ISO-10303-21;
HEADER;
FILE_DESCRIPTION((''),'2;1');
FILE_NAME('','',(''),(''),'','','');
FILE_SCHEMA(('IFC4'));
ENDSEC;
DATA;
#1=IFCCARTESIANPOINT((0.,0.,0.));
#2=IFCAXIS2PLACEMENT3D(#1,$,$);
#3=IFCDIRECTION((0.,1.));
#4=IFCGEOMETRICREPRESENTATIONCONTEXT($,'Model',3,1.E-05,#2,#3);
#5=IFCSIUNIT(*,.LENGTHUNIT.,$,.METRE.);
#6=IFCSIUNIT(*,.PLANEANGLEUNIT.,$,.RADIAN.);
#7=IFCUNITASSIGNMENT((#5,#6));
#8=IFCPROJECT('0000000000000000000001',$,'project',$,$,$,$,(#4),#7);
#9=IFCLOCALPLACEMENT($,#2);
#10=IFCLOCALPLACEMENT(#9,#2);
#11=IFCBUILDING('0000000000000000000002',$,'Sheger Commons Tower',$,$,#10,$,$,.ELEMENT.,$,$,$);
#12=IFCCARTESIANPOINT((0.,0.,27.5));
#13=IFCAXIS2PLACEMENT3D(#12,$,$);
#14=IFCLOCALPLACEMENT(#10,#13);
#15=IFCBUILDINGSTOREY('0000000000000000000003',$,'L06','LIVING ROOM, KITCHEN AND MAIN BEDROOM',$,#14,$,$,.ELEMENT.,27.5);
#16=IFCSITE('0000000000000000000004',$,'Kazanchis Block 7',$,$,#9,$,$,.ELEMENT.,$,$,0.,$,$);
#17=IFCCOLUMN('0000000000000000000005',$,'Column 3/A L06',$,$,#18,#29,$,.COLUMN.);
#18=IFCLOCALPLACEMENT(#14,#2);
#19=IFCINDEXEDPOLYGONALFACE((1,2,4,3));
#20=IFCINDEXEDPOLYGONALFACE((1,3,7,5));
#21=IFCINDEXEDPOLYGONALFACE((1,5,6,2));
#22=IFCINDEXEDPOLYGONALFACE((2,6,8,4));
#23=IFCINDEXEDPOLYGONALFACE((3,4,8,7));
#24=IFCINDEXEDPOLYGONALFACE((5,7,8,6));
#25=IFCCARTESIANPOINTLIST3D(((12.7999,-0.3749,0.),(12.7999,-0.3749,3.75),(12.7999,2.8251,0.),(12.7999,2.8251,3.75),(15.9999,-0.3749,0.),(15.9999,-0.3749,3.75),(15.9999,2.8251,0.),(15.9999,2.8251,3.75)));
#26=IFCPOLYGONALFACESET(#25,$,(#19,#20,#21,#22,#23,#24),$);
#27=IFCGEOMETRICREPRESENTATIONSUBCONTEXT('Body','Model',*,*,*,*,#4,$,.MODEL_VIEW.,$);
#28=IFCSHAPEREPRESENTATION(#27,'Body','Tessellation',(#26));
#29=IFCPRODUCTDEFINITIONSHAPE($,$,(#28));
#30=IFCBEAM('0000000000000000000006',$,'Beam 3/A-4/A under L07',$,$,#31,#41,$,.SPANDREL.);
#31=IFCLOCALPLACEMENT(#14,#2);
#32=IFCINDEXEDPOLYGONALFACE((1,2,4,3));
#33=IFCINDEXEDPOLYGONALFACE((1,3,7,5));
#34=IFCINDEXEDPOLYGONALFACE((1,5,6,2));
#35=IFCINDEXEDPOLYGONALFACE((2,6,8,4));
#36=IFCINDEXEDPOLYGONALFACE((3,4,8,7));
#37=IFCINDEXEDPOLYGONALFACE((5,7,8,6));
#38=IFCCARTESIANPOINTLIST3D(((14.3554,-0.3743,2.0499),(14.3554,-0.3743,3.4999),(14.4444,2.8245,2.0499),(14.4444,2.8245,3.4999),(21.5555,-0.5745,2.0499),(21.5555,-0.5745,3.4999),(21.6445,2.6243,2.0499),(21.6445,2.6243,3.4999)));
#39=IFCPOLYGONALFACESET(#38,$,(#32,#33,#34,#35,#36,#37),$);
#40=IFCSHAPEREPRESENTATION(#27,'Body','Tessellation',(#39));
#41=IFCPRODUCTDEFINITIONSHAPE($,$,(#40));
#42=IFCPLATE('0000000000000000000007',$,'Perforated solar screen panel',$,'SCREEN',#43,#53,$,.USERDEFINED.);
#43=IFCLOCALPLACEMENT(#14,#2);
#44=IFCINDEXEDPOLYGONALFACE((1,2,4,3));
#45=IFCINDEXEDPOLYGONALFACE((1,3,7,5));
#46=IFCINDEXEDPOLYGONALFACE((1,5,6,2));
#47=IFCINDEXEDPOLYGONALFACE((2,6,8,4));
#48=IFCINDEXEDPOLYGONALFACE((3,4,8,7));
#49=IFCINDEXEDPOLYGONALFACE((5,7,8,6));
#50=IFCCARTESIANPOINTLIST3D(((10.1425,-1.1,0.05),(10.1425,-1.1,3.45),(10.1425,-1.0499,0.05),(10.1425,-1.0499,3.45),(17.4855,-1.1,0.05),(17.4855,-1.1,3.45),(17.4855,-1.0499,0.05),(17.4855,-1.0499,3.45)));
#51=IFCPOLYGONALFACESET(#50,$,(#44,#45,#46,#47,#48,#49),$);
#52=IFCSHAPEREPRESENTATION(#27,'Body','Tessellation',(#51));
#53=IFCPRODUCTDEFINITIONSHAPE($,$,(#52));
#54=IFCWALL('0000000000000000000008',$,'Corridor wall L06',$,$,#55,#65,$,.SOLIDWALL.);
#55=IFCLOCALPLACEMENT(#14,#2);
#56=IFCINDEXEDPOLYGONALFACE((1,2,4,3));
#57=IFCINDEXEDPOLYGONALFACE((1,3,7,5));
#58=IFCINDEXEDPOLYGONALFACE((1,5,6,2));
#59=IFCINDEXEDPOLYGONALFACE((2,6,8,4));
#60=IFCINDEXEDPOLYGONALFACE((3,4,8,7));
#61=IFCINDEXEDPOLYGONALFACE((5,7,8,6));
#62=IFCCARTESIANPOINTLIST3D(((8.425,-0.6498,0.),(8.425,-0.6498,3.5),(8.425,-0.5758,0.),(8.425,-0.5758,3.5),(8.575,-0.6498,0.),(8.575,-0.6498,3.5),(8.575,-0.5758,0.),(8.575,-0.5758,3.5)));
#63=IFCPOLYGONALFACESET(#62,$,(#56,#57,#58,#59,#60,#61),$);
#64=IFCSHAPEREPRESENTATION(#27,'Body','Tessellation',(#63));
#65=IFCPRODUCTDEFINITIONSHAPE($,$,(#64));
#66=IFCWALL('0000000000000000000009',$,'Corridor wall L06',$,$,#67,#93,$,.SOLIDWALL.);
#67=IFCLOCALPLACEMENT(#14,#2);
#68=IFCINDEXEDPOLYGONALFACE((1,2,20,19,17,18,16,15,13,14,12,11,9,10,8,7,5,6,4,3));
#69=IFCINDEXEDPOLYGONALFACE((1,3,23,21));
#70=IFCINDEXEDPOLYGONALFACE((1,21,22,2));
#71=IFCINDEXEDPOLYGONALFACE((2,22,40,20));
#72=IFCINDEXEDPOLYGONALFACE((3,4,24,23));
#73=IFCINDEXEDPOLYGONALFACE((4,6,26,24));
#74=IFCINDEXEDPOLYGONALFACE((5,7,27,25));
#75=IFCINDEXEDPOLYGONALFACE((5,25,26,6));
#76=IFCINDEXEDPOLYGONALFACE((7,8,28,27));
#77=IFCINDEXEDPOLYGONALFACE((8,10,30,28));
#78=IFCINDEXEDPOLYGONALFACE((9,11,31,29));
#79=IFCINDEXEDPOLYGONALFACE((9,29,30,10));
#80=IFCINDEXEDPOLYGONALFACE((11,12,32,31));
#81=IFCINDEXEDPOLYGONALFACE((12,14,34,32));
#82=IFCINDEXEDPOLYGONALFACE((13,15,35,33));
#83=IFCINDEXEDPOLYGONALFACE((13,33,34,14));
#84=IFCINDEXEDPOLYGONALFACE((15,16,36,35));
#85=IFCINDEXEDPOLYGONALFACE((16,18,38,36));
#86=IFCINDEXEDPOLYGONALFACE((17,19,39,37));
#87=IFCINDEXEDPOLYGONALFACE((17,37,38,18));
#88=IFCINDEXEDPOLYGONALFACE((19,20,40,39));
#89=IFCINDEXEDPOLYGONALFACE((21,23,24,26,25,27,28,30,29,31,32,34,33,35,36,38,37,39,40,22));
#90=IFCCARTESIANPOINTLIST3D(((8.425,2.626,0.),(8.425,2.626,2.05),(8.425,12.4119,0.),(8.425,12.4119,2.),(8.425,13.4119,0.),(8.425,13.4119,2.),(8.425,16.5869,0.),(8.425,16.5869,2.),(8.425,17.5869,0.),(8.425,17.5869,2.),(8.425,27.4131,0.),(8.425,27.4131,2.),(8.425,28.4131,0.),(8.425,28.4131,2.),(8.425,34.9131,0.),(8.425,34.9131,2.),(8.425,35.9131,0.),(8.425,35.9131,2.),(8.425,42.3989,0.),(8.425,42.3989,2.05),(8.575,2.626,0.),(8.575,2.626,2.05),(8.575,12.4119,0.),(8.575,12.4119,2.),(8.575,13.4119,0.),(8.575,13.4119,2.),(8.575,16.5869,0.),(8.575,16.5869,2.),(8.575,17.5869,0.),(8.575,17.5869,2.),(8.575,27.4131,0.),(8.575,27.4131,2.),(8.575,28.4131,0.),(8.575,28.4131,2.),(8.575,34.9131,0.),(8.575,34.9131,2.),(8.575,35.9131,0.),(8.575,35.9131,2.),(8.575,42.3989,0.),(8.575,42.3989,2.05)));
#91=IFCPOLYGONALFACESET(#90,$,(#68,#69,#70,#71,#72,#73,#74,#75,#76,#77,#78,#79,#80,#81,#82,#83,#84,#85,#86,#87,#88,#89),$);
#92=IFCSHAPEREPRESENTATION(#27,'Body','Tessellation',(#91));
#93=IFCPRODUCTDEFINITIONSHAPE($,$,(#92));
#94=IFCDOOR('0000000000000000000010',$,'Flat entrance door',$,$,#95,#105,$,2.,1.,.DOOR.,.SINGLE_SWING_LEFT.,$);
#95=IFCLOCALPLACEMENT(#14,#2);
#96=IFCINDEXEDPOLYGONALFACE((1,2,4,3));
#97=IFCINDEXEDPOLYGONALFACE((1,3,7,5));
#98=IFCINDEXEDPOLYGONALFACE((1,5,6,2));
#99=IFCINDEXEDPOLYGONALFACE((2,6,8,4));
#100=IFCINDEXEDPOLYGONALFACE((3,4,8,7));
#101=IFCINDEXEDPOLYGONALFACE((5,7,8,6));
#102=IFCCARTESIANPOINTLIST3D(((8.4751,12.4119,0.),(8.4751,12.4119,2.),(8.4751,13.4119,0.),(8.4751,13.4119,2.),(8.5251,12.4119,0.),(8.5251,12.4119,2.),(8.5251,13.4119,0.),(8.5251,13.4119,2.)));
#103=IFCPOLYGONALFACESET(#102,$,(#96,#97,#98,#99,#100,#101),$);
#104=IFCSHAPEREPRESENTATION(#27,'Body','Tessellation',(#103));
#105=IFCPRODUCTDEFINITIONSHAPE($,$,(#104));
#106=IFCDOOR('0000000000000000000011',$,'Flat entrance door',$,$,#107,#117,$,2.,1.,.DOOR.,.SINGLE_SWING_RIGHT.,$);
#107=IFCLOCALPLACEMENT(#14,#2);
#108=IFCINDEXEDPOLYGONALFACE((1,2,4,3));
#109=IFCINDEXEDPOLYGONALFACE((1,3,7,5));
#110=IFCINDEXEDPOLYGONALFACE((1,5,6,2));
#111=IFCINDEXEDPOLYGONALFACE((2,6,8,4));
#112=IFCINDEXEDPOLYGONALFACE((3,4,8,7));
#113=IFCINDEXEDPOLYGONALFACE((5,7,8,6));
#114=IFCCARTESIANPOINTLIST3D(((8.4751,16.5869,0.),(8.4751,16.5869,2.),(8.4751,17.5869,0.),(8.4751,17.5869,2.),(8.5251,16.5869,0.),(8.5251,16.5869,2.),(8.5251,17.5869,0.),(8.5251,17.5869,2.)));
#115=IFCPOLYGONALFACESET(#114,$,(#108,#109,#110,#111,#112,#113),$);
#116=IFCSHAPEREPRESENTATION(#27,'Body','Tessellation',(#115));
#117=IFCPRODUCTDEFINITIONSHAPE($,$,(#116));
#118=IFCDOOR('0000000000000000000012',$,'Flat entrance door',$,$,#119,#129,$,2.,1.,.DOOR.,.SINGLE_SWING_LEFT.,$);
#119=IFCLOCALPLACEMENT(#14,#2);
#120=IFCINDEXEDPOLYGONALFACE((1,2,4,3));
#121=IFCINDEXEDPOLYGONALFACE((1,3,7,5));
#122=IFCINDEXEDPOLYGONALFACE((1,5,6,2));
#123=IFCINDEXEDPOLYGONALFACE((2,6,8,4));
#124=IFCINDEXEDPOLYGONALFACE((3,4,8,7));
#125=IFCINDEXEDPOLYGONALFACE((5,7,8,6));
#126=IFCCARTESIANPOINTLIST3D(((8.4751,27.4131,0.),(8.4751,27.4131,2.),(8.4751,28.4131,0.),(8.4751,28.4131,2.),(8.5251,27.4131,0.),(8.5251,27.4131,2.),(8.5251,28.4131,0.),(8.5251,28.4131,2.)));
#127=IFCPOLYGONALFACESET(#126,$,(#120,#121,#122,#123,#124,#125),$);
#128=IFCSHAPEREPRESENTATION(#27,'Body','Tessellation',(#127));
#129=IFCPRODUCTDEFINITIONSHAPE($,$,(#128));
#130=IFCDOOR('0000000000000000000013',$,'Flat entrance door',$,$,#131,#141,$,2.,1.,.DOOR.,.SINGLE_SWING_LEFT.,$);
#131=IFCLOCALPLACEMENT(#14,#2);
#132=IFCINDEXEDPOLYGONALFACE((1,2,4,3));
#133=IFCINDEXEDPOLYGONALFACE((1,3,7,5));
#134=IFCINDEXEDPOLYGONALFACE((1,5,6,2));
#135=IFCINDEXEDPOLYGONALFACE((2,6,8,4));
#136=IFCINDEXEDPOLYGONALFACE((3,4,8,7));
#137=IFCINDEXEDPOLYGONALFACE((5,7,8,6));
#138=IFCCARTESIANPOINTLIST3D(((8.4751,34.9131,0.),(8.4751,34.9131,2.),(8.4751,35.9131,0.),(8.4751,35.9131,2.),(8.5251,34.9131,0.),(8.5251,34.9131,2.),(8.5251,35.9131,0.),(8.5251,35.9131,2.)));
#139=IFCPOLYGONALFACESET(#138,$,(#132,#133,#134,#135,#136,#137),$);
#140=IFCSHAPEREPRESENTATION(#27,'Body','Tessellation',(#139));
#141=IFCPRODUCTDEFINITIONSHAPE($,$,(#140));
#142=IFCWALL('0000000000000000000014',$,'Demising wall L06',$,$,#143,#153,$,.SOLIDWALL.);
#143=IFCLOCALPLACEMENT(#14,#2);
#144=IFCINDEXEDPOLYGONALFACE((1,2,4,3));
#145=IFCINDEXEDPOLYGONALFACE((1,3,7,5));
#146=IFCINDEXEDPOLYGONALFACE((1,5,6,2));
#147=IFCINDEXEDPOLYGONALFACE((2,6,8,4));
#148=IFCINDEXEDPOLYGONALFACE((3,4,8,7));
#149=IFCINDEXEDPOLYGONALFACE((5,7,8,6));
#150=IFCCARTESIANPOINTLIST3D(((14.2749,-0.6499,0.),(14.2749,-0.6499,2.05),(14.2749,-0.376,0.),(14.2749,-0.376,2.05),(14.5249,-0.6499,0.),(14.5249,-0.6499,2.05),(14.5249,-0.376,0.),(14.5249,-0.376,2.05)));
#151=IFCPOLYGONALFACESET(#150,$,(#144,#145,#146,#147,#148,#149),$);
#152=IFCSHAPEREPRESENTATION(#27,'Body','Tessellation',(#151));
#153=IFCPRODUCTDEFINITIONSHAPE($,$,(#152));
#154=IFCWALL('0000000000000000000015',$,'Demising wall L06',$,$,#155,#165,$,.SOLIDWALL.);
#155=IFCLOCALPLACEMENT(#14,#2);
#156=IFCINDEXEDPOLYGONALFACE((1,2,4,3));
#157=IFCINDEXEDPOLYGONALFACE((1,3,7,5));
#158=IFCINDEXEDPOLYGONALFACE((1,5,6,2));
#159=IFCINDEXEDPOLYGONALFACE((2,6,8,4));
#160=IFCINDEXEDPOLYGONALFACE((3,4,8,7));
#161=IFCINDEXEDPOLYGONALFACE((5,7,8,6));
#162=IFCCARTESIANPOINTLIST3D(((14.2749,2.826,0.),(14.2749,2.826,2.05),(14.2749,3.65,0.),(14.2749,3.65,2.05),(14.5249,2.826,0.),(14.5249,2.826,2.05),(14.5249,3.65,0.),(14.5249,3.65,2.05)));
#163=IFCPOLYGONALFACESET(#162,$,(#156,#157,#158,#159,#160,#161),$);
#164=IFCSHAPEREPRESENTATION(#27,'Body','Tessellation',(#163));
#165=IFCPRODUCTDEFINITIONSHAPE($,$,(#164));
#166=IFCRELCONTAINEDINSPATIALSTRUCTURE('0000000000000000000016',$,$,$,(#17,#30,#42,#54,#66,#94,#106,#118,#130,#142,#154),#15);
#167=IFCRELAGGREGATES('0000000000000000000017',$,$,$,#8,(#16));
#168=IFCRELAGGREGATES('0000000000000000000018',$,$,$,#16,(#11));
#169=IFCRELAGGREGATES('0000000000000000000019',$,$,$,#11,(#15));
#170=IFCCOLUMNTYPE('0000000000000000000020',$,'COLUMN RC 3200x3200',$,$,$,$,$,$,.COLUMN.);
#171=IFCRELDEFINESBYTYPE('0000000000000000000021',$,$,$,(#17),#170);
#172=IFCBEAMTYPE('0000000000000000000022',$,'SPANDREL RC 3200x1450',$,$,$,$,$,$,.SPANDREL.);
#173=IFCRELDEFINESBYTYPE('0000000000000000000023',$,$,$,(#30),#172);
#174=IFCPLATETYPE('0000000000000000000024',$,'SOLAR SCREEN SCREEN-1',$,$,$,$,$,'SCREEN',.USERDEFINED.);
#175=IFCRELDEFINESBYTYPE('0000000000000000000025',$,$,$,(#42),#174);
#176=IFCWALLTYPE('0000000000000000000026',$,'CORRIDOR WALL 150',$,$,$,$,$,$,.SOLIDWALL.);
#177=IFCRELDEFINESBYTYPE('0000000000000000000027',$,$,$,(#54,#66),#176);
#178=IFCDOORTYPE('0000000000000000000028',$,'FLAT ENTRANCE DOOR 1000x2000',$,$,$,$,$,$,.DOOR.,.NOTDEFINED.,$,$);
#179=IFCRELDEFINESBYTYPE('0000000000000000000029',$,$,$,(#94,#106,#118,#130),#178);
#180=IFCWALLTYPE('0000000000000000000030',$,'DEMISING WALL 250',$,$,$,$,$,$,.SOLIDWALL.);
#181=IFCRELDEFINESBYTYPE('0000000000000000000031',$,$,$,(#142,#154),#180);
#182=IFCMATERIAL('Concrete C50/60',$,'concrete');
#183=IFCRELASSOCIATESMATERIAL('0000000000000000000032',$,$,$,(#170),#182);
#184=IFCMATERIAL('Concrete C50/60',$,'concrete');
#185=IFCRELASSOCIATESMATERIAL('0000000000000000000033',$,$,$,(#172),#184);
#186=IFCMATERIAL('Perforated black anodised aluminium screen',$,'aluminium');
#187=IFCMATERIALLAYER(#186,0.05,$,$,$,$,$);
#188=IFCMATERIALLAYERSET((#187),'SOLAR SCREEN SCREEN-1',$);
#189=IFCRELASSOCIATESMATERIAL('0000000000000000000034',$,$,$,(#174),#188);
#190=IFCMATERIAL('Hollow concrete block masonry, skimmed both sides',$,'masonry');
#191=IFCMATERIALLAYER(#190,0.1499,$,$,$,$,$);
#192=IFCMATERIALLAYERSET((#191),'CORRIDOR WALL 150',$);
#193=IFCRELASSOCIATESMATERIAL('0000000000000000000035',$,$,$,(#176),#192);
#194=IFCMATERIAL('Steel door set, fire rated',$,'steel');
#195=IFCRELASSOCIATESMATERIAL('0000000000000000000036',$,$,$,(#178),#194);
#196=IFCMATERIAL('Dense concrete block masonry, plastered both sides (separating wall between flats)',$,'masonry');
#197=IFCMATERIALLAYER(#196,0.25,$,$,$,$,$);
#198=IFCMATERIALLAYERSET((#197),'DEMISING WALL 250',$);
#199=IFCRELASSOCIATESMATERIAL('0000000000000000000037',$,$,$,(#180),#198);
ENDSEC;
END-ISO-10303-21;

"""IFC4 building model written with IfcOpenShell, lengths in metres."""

from ifc_helpers import new_model, si_unit, direction, frame, frame_2d, origin, origin_2d, place, context, subcontext, project, spatial, rectangle, extrude, material, layer, layer_set, material_profile, profile_set, type_object, element, fill, save


model = new_model("IFC4")

# Units and contexts
model_context = context("Model", 3, precision=1e-05, world=origin(), true_north=direction((0.0, 1.0)))
body_context = subcontext(model_context, "Body", "Model", "MODEL_VIEW")
ifc_project = project(units=[si_unit("LENGTHUNIT", "METRE"), si_unit("PLANEANGLEUNIT", "RADIAN")], contexts=[model_context])

# Site, building, storey
site_placement = place(None, origin())
site = spatial("IfcSite", under=ifc_project, at=site_placement, Name="Kazanchis Block 7", CompositionType="ELEMENT", RefElevation=0.0)
building_placement = place(site_placement, origin())
building = spatial("IfcBuilding", under=site, at=building_placement, Name="Sheger Commons Tower", CompositionType="ELEMENT")
storey_placement = place(building_placement, frame((0.0, 0.0, 27.5)))
storey = spatial("IfcBuildingStorey", under=building, at=storey_placement, Name="L06", Description="LIVING ROOM, KITCHEN AND MAIN BEDROOM", CompositionType="ELEMENT", Elevation=27.5)

# Column
ifc_material_1 = material(Name="Concrete C50/60", Category="concrete")
ifc_material_profile_1 = material_profile(ifc_material_1, rectangle(XDim=3.2, YDim=3.2, at=origin_2d()), Name="RC 3200x3200")
ifc_profile_set_1 = profile_set([ifc_material_profile_1], Name="Concrete C50/60")
column_type = type_object("IfcColumnType", Name="COLUMN RC 3200x3200", PredefinedType="COLUMN", material=ifc_profile_set_1)
column_placement = place(storey_placement, frame((14.3999, 1.2251, 0.0), z_axis=(0.0, 0.0, 1.0), x_axis=(1.0, 0.0, 0.0)))
element("IfcColumn", 1, at=column_placement, inside=storey, type_object=column_type, Name="Column 3/A L06", PredefinedType="COLUMN", context=body_context, shape_type="SweptSolid", body=[
    extrude(rectangle(XDim=3.2, YDim=3.2, at=origin_2d()), origin(), (0.0, 0.0, 1.0), 3.75),
])

# Beam
ifc_material_2 = material(Name="Concrete C50/60", Category="concrete")
ifc_material_profile_2 = material_profile(ifc_material_2, rectangle(XDim=3.2, YDim=1.45, at=origin_2d()), Name="RC 3200x1450")
ifc_profile_set_2 = profile_set([ifc_material_profile_2], Name="Concrete C50/60")
beam_type = type_object("IfcBeamType", Name="SPANDREL RC 3200x1450", PredefinedType="SPANDREL", material=ifc_profile_set_2)
beam_placement = place(storey_placement, frame((14.3999, 1.2251, 2.7749), z_axis=(0.999614, -0.027793, 0.0), x_axis=(0.027793, 0.999614, 0.0)))
element("IfcBeam", 2, at=beam_placement, inside=storey, type_object=beam_type, Name="Beam 3/A-4/A under L07", PredefinedType="SPANDREL", context=body_context, shape_type="SweptSolid", body=[
    extrude(rectangle(XDim=3.2, YDim=1.45, at=origin_2d()), origin(), (0.0, 0.0, 1.0), 7.2029),
])

# Plate
ifc_material_3 = material(Name="Perforated black anodised aluminium screen", Category="aluminium")
ifc_layer_1 = layer(ifc_material_3, 0.05)
ifc_layer_set_1 = layer_set([ifc_layer_1], Name="SOLAR SCREEN SCREEN-1")
plate_type = type_object("IfcPlateType", Name="SOLAR SCREEN SCREEN-1", ElementType="SCREEN", PredefinedType="USERDEFINED", material=ifc_layer_set_1)
plate_placement = place(storey_placement, frame((13.814, -1.075, 0.05), z_axis=(0.0, 0.0, 1.0), x_axis=(1.0, 0.0, 0.0)))
element("IfcPlate", 3, at=plate_placement, inside=storey, type_object=plate_type, Name="Perforated solar screen panel", ObjectType="SCREEN", PredefinedType="USERDEFINED", context=body_context, shape_type="SweptSolid", body=[
    extrude(rectangle(XDim=7.343, YDim=0.05, at=origin_2d()), origin(), (0.0, 0.0, 1.0), 3.3999),
])

# Wall
ifc_material_4 = material(Name="Hollow concrete block masonry, skimmed both sides", Category="masonry")
ifc_layer_2 = layer(ifc_material_4, 0.1499)
ifc_layer_set_2 = layer_set([ifc_layer_2], Name="CORRIDOR WALL 150")
wall_type_1 = type_object("IfcWallType", Name="CORRIDOR WALL 150", PredefinedType="SOLIDWALL", material=ifc_layer_set_2)
wall_1_placement = place(storey_placement, frame((8.5, -0.6499, 0.0), z_axis=(0.0, 0.0, 1.0), x_axis=(0.0, 1.0, 0.0)))
element("IfcWall", 4, at=wall_1_placement, inside=storey, type_object=wall_type_1, Name="Corridor wall L06", PredefinedType="SOLIDWALL", context=body_context, shape_type="SweptSolid", body=[
    extrude(rectangle(XDim=0.074, YDim=0.1499, at=frame_2d((0.0371, 0.0))), origin(), (0.0, 0.0, 1.0), 3.5),
])

# Wall, openings, doors
wall_2_placement = place(storey_placement, frame((8.5, 2.626, 0.0), z_axis=(0.0, 0.0, 1.0), x_axis=(0.0, 1.0, 0.0)))
wall_2 = element("IfcWall", 5, at=wall_2_placement, inside=storey, type_object=wall_type_1, Name="Corridor wall L06", PredefinedType="SOLIDWALL", context=body_context, shape_type="SweptSolid", body=[
    extrude(rectangle(XDim=39.7729, YDim=0.1499, at=frame_2d((19.8865, 0.0))), origin(), (0.0, 0.0, 1.0), 2.05),
])
opening_1_placement = place(wall_2_placement, frame((9.7859, 0.0, 0.0)))
opening_1 = element("IfcOpeningElement", 6, at=opening_1_placement, cuts=wall_2, PredefinedType="OPENING", context=body_context, shape_type="SweptSolid", body=[
    extrude(rectangle(XDim=1.0, YDim=2.0, at=frame_2d((0.5, 1.0))), frame((0.0, 0.085, 0.0), z_axis=(0.0, -1.0, 0.0), x_axis=(1.0, 0.0, 0.0)), (0.0, 0.0, 1.0), 0.1699),
])
opening_2_placement = place(wall_2_placement, frame((13.9609, 0.0, 0.0)))
opening_2 = element("IfcOpeningElement", 7, at=opening_2_placement, cuts=wall_2, PredefinedType="OPENING", context=body_context, shape_type="SweptSolid", body=[
    extrude(rectangle(XDim=1.0, YDim=2.0, at=frame_2d((0.5, 1.0))), frame((0.0, 0.085, 0.0), z_axis=(0.0, -1.0, 0.0), x_axis=(1.0, 0.0, 0.0)), (0.0, 0.0, 1.0), 0.1699),
])
opening_3_placement = place(wall_2_placement, frame((24.7871, 0.0, 0.0)))
opening_3 = element("IfcOpeningElement", 8, at=opening_3_placement, cuts=wall_2, PredefinedType="OPENING", context=body_context, shape_type="SweptSolid", body=[
    extrude(rectangle(XDim=1.0, YDim=2.0, at=frame_2d((0.5, 1.0))), frame((0.0, 0.085, 0.0), z_axis=(0.0, -1.0, 0.0), x_axis=(1.0, 0.0, 0.0)), (0.0, 0.0, 1.0), 0.1699),
])
opening_4_placement = place(wall_2_placement, frame((32.2871, 0.0, 0.0)))
opening_4 = element("IfcOpeningElement", 9, at=opening_4_placement, cuts=wall_2, PredefinedType="OPENING", context=body_context, shape_type="SweptSolid", body=[
    extrude(rectangle(XDim=1.0, YDim=2.0, at=frame_2d((0.5, 1.0))), frame((0.0, 0.085, 0.0), z_axis=(0.0, -1.0, 0.0), x_axis=(1.0, 0.0, 0.0)), (0.0, 0.0, 1.0), 0.1699),
])
ifc_material_5 = material(Name="Steel door set, fire rated", Category="steel")
door_type_1 = type_object("IfcDoorType", Name="FLAT ENTRANCE DOOR 1000x2000", OperationType="NOTDEFINED", PredefinedType="DOOR", material=ifc_material_5)
door_1_placement = place(opening_1_placement, origin())
door_1 = element("IfcDoor", 10, at=door_1_placement, inside=storey, type_object=door_type_1, Name="Flat entrance door", OperationType="SINGLE_SWING_LEFT", OverallHeight=2.0, OverallWidth=1.0, PredefinedType="DOOR", context=body_context, shape_type="SweptSolid", body=[
    extrude(rectangle(XDim=1.0, YDim=2.0, at=frame_2d((0.5, 1.0))), frame((0.0, 0.0249, 0.0), z_axis=(0.0, -1.0, 0.0), x_axis=(1.0, 0.0, 0.0)), (0.0, 0.0, 1.0), 0.05),
])
fill(opening_1, door_1)
door_2_placement = place(opening_2_placement, origin())
door_2 = element("IfcDoor", 11, at=door_2_placement, inside=storey, type_object=door_type_1, Name="Flat entrance door", OperationType="SINGLE_SWING_RIGHT", OverallHeight=2.0, OverallWidth=1.0, PredefinedType="DOOR", context=body_context, shape_type="SweptSolid", body=[
    extrude(rectangle(XDim=1.0, YDim=2.0, at=frame_2d((0.5, 1.0))), frame((0.0, 0.0249, 0.0), z_axis=(0.0, -1.0, 0.0), x_axis=(1.0, 0.0, 0.0)), (0.0, 0.0, 1.0), 0.05),
])
fill(opening_2, door_2)
door_3_placement = place(opening_3_placement, origin())
door_3 = element("IfcDoor", 12, at=door_3_placement, inside=storey, type_object=door_type_1, Name="Flat entrance door", OperationType="SINGLE_SWING_LEFT", OverallHeight=2.0, OverallWidth=1.0, PredefinedType="DOOR", context=body_context, shape_type="SweptSolid", body=[
    extrude(rectangle(XDim=1.0, YDim=2.0, at=frame_2d((0.5, 1.0))), frame((0.0, 0.0249, 0.0), z_axis=(0.0, -1.0, 0.0), x_axis=(1.0, 0.0, 0.0)), (0.0, 0.0, 1.0), 0.05),
])
fill(opening_3, door_3)
door_4_placement = place(opening_4_placement, origin())
door_4 = element("IfcDoor", 13, at=door_4_placement, inside=storey, type_object=door_type_1, Name="Flat entrance door", OperationType="SINGLE_SWING_LEFT", OverallHeight=2.0, OverallWidth=1.0, PredefinedType="DOOR", context=body_context, shape_type="SweptSolid", body=[
    extrude(rectangle(XDim=1.0, YDim=2.0, at=frame_2d((0.5, 1.0))), frame((0.0, 0.0249, 0.0), z_axis=(0.0, -1.0, 0.0), x_axis=(1.0, 0.0, 0.0)), (0.0, 0.0, 1.0), 0.05),
])
fill(opening_4, door_4)

# Walls
ifc_material_6 = material(Name="Dense concrete block masonry, plastered both sides (separating wall between flats)", Category="masonry")
ifc_layer_3 = layer(ifc_material_6, 0.25)
ifc_layer_set_3 = layer_set([ifc_layer_3], Name="DEMISING WALL 250")
wall_type_2 = type_object("IfcWallType", Name="DEMISING WALL 250", PredefinedType="SOLIDWALL", material=ifc_layer_set_3)
wall_3_placement = place(storey_placement, frame((14.3999, -0.6499, 0.0), z_axis=(0.0, 0.0, 1.0), x_axis=(0.0, 1.0, 0.0)))
element("IfcWall", 14, at=wall_3_placement, inside=storey, type_object=wall_type_2, Name="Demising wall L06", PredefinedType="SOLIDWALL", context=body_context, shape_type="SweptSolid", body=[
    extrude(rectangle(XDim=0.2739, YDim=0.25, at=frame_2d((0.137, 0.0))), origin(), (0.0, 0.0, 1.0), 2.05),
])
wall_4_placement = place(storey_placement, frame((14.3999, 2.8259, 0.0), z_axis=(0.0, 0.0, 1.0), x_axis=(0.0, 1.0, 0.0)))
element("IfcWall", 15, at=wall_4_placement, inside=storey, type_object=wall_type_2, Name="Demising wall L06", PredefinedType="SOLIDWALL", context=body_context, shape_type="SweptSolid", body=[
    extrude(rectangle(XDim=0.824, YDim=0.25, at=frame_2d((0.4121, 0.0))), origin(), (0.0, 0.0, 1.0), 2.05),
])

save(model, "model.ifc")
